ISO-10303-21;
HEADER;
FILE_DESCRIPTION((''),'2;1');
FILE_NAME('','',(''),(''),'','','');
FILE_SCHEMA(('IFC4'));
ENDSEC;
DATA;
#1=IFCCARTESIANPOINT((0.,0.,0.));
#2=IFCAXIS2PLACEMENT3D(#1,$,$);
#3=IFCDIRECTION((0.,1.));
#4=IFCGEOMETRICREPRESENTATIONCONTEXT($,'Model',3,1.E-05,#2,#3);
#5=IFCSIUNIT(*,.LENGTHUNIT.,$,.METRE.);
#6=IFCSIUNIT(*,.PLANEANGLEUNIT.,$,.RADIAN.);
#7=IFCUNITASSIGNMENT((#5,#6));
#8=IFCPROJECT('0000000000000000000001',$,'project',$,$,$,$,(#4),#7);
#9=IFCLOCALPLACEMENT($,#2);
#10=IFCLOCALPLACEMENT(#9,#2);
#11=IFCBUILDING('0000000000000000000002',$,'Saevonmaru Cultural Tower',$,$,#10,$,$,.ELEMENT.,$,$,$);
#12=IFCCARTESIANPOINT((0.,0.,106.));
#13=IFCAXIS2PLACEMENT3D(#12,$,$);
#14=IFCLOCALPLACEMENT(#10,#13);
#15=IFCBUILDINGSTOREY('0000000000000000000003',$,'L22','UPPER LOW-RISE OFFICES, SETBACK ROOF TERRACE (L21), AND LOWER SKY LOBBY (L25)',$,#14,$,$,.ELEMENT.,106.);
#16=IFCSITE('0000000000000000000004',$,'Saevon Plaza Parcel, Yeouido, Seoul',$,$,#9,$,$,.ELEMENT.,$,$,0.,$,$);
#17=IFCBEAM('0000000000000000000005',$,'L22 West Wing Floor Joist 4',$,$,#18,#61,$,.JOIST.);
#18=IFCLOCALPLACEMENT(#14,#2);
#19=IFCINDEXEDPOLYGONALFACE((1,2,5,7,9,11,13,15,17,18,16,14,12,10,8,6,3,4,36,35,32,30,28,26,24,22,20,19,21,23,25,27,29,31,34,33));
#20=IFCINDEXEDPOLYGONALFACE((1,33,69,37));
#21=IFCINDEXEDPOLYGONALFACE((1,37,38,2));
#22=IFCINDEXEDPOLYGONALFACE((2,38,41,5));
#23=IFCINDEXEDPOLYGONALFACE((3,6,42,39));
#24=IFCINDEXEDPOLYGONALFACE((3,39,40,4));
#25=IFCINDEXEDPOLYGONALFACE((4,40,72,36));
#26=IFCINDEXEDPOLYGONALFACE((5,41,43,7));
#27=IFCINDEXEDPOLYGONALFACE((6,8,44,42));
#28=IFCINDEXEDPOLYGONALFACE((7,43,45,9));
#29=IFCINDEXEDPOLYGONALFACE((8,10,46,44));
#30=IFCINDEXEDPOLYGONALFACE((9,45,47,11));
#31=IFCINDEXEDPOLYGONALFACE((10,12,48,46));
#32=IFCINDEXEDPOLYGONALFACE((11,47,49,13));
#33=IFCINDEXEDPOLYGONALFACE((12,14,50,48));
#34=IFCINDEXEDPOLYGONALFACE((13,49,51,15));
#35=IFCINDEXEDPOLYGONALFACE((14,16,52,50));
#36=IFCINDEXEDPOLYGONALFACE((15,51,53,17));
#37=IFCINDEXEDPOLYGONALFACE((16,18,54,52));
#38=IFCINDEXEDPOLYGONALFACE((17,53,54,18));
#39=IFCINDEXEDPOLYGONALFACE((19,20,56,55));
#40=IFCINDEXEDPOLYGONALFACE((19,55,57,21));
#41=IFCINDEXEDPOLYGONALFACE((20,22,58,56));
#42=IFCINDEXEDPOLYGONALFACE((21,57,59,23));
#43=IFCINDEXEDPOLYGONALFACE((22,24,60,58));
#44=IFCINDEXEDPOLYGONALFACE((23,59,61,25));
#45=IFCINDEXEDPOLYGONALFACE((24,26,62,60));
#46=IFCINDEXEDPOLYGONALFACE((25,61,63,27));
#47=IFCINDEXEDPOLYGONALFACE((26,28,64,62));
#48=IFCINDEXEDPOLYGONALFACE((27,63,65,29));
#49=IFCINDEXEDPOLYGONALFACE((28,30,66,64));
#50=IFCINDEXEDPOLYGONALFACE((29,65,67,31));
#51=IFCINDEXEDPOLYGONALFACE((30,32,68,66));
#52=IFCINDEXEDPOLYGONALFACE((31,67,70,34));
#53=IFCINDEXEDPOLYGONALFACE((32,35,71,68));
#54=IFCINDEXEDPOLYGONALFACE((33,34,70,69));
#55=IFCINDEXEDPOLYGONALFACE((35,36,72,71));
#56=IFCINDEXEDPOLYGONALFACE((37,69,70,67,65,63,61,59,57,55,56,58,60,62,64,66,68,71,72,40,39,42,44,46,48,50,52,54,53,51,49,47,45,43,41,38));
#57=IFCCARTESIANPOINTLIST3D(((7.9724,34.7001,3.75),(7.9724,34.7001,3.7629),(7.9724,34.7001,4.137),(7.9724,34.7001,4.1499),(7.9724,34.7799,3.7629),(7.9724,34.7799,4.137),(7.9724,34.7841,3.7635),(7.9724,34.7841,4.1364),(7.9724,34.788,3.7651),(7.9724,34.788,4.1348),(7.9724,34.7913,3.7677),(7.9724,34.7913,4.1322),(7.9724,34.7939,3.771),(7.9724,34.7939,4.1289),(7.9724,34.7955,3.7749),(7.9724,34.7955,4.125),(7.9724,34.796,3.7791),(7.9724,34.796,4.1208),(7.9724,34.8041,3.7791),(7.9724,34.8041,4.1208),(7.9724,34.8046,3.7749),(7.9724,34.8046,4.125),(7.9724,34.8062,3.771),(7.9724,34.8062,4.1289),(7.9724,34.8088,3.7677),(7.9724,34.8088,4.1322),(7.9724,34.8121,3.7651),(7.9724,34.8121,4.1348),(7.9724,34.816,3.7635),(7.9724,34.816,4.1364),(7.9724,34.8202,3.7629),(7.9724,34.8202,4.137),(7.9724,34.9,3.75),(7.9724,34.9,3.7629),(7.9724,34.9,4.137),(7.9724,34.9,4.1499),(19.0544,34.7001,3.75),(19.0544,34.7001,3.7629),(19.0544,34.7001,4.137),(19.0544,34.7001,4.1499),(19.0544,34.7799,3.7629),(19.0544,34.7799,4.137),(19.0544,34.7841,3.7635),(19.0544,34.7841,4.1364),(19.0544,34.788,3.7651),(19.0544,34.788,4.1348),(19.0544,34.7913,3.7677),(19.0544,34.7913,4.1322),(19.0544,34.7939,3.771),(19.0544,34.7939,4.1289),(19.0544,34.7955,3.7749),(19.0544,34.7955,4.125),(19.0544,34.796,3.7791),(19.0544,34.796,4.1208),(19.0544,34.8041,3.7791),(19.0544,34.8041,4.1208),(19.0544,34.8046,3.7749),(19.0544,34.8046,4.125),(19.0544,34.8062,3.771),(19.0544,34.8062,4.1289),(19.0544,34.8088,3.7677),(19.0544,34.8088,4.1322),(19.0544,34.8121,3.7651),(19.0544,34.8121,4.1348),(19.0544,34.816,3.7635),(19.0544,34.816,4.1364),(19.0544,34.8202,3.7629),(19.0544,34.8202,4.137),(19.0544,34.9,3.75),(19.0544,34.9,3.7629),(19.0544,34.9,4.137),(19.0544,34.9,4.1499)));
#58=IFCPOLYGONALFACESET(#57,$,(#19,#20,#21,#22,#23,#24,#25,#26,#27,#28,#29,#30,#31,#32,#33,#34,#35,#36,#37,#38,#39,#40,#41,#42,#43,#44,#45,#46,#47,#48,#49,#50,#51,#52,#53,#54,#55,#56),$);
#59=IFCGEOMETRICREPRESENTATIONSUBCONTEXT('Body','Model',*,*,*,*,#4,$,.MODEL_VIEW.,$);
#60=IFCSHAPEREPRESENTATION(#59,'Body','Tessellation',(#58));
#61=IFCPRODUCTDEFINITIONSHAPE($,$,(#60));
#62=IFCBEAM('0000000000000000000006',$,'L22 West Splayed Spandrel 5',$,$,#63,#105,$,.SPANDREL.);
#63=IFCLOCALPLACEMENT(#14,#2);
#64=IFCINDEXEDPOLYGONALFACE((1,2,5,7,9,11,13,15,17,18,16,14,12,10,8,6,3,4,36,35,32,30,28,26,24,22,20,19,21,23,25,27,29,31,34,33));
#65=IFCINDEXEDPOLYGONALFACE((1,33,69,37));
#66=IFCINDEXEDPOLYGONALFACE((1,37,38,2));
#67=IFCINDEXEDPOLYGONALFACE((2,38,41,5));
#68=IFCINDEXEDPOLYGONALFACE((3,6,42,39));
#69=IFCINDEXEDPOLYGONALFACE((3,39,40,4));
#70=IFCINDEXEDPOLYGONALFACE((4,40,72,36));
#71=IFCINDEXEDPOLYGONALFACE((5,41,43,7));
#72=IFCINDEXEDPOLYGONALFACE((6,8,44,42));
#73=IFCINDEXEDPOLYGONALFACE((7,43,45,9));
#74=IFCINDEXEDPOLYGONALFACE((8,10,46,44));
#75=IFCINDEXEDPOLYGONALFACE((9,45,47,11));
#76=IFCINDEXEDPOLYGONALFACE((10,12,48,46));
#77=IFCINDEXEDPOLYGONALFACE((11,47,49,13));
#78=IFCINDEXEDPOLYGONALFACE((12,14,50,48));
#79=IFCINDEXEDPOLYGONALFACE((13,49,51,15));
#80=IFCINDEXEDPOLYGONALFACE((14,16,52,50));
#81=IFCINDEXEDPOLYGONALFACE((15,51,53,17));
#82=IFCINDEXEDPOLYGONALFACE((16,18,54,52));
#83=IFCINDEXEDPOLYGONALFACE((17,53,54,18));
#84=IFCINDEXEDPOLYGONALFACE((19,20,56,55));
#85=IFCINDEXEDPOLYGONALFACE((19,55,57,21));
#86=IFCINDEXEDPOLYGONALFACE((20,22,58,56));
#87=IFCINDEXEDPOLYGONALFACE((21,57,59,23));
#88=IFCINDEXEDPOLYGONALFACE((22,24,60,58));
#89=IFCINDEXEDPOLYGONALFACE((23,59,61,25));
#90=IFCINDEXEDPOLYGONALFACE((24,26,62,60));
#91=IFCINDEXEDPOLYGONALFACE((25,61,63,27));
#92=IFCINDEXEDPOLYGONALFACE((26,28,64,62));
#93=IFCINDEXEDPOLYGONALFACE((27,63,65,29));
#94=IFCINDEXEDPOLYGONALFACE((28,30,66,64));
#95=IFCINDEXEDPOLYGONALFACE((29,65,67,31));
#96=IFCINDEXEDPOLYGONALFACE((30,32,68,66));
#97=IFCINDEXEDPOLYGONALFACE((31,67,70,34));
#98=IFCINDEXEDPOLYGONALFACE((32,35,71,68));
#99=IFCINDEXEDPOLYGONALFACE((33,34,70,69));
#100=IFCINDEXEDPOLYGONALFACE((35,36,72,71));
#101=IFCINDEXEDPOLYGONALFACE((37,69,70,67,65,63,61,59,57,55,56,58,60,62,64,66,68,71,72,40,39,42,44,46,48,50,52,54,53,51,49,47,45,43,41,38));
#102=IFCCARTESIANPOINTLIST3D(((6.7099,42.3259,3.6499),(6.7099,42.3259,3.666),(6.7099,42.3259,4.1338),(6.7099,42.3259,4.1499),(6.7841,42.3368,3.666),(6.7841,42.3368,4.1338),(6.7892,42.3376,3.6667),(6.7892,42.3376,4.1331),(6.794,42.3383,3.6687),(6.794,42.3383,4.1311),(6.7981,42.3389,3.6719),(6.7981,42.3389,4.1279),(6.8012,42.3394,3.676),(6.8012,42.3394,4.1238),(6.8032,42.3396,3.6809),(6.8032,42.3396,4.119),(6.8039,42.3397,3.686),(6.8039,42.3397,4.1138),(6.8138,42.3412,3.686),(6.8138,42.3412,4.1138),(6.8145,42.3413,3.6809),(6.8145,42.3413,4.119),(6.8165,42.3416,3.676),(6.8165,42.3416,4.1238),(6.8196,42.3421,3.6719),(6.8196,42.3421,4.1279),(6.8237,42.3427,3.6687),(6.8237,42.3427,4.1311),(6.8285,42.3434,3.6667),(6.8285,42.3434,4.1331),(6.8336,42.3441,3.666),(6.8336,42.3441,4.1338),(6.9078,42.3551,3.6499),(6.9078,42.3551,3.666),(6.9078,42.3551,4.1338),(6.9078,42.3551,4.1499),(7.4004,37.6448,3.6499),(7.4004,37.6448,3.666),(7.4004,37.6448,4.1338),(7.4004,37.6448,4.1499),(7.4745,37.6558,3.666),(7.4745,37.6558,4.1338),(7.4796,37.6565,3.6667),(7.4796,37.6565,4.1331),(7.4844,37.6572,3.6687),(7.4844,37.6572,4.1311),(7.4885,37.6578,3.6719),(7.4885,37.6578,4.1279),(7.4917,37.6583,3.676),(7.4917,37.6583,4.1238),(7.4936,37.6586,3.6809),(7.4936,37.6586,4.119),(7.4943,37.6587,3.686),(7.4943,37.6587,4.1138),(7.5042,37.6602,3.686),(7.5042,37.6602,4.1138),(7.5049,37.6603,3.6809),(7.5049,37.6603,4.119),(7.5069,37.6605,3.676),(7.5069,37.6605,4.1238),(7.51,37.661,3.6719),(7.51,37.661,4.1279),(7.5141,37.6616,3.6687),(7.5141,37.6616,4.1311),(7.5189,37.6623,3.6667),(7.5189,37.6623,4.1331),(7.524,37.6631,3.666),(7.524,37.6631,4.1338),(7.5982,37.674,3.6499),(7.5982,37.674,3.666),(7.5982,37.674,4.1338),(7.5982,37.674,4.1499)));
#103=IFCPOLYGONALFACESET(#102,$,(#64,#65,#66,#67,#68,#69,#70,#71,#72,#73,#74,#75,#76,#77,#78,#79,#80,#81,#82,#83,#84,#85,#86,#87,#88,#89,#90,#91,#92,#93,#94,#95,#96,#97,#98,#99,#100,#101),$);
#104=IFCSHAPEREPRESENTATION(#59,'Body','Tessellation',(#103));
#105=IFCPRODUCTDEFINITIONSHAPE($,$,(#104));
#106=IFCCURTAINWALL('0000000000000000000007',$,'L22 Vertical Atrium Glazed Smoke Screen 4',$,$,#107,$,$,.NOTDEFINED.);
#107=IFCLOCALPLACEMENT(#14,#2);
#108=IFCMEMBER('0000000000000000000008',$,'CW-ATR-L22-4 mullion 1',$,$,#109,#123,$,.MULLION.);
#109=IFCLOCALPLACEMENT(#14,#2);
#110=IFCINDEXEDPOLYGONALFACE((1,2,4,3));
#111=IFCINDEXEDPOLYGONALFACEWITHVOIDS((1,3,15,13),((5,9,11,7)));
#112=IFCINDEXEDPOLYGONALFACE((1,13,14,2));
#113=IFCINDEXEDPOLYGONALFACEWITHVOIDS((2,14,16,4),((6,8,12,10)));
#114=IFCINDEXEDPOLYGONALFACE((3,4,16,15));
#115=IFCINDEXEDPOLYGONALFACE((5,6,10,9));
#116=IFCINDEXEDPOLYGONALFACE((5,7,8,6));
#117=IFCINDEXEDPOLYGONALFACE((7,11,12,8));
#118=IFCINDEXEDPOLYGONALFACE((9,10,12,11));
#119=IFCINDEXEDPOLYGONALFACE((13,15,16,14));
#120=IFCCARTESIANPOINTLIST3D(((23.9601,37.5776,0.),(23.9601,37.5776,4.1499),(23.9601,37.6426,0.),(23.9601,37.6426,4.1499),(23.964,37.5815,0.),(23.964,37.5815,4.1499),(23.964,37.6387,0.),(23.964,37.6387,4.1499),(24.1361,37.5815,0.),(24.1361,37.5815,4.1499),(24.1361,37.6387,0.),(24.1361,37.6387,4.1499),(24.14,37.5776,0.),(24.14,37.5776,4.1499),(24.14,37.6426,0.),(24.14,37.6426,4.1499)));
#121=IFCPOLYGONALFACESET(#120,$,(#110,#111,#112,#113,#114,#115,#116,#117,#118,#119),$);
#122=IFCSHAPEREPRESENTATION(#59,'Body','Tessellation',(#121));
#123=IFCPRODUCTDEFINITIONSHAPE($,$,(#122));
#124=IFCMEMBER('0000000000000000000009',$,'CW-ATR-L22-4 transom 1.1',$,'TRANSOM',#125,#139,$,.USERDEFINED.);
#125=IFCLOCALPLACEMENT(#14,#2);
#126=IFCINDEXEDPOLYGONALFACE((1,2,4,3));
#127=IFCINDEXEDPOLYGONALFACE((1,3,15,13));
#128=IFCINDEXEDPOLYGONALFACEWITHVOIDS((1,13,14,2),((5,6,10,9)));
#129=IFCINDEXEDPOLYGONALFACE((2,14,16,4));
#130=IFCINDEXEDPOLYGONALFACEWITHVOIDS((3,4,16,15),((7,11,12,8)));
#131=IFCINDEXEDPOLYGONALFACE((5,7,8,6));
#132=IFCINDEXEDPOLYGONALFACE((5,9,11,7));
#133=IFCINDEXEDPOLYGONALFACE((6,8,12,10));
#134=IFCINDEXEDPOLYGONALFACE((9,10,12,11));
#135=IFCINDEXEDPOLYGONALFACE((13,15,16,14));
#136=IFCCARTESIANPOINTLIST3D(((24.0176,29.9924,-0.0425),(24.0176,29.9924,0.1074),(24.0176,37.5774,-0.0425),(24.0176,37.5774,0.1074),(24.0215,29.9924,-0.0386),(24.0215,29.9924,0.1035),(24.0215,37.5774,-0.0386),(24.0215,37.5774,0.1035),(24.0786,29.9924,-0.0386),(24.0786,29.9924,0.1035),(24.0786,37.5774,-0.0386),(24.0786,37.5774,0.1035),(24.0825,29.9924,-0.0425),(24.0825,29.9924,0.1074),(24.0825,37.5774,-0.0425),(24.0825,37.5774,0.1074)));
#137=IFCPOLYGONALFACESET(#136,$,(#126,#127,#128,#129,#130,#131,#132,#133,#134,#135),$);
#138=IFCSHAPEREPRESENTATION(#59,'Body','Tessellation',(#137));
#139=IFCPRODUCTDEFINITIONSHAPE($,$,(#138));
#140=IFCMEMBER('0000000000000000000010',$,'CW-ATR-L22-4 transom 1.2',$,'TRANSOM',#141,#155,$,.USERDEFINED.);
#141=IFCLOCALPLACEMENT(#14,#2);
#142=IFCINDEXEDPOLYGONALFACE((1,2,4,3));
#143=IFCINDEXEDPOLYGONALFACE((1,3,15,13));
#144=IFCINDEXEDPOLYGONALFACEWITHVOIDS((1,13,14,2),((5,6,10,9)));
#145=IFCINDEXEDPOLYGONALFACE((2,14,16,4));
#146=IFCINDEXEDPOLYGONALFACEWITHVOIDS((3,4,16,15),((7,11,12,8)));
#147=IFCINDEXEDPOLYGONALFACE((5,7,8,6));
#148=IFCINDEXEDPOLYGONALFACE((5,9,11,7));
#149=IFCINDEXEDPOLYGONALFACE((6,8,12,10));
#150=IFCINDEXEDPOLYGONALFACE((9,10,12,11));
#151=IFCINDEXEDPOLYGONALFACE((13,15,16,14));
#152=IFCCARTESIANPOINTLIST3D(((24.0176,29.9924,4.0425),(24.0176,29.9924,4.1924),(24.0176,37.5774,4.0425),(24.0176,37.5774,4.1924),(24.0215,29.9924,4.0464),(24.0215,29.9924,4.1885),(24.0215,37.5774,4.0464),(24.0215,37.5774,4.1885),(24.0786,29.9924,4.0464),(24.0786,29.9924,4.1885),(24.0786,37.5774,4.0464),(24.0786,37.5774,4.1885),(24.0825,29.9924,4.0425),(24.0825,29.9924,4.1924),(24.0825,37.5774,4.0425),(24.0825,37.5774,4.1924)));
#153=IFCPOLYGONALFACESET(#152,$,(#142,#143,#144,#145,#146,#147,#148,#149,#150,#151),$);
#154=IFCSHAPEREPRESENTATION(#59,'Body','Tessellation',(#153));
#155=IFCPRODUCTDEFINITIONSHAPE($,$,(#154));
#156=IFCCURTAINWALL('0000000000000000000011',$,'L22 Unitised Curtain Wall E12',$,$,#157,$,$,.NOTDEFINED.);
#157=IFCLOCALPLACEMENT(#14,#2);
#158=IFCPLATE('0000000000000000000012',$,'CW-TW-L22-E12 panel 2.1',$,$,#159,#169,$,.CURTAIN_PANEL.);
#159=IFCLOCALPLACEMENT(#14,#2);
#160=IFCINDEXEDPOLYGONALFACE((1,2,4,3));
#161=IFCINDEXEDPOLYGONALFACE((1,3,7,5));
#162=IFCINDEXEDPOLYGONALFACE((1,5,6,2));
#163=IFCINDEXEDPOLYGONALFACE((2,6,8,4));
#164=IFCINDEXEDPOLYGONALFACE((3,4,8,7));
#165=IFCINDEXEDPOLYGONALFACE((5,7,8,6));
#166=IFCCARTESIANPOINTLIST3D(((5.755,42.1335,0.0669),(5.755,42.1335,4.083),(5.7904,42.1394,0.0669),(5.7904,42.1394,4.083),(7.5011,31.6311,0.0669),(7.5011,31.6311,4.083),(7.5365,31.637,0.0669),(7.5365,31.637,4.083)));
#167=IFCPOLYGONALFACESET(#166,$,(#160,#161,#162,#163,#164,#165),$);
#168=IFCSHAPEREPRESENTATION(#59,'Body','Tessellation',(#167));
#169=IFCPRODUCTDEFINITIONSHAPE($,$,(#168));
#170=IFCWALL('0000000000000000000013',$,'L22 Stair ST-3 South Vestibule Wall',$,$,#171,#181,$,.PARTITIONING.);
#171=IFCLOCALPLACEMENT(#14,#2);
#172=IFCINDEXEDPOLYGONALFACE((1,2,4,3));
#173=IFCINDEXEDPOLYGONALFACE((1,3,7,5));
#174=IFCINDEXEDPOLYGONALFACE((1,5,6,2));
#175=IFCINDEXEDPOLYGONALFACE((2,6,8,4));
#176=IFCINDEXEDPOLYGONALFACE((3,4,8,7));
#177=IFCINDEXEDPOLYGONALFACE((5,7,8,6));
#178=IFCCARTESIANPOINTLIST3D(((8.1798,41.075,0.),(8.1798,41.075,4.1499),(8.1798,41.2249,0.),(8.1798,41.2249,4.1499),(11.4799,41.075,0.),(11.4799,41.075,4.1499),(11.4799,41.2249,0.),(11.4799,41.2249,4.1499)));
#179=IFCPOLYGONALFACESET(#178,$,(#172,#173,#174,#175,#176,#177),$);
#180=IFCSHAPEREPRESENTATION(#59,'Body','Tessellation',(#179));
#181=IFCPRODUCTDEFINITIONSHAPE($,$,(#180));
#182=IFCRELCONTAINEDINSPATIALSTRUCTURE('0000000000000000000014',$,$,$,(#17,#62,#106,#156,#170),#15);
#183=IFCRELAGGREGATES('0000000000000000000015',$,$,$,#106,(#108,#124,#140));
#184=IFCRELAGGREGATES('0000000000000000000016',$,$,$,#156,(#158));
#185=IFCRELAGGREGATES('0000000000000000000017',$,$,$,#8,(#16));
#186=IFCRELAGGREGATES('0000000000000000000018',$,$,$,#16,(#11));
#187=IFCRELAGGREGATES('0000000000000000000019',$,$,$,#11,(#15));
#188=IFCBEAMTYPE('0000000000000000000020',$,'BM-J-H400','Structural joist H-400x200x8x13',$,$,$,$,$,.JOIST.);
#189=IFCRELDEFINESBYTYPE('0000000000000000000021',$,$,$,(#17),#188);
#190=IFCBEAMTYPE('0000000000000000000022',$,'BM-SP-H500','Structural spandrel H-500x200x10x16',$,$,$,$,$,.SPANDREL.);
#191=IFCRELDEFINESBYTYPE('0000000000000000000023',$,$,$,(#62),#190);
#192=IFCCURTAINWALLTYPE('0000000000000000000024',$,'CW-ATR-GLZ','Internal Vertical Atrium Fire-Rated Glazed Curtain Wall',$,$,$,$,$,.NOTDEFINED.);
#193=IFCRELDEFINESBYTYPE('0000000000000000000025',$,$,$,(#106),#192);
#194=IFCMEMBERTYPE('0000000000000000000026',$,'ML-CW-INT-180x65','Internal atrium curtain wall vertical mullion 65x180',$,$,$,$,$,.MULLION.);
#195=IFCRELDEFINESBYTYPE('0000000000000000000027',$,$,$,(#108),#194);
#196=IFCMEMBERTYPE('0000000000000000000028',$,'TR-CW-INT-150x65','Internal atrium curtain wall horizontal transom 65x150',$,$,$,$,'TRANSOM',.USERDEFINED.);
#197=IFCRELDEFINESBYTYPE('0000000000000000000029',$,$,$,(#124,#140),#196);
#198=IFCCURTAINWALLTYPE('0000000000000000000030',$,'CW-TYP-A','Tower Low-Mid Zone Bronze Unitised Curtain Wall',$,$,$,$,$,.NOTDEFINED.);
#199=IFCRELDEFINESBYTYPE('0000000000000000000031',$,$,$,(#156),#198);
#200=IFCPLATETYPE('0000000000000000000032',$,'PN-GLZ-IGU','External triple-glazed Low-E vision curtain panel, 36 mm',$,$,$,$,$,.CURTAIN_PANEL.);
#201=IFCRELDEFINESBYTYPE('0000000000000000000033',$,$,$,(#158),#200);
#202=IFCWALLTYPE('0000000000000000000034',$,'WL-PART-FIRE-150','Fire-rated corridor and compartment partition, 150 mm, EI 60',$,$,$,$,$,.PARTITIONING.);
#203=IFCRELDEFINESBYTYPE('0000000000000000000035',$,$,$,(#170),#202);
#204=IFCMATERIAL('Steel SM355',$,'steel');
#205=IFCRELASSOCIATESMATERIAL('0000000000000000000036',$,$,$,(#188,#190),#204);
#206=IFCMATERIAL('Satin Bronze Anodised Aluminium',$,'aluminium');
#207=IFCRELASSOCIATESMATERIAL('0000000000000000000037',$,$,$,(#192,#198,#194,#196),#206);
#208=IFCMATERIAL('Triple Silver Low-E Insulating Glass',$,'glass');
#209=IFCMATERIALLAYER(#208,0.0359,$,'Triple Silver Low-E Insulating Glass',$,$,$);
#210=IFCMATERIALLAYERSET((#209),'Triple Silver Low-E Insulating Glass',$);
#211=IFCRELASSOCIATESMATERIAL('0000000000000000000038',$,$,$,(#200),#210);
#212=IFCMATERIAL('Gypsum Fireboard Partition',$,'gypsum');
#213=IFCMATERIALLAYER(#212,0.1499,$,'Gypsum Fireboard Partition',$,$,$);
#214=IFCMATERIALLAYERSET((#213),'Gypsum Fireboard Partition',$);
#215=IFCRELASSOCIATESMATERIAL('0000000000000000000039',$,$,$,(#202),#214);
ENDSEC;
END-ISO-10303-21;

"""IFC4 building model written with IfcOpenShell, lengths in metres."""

from ifc_helpers import new_model, si_unit, direction, frame, frame_2d, origin, origin_2d, place, context, subcontext, project, spatial, rectangle, hollow_rectangle, i_section, extrude, material, layer, layer_set, material_profile, profile_set, type_object, element, aggregate, save


model = new_model("IFC4")

# Units and contexts
model_context = context("Model", 3, precision=1e-05, world=origin(), true_north=direction((0.0, 1.0)))
body_context = subcontext(model_context, "Body", "Model", "MODEL_VIEW")
ifc_project = project(units=[si_unit("LENGTHUNIT", "METRE"), si_unit("PLANEANGLEUNIT", "RADIAN")], contexts=[model_context])

# Site, building, storey
site_placement = place(None, origin())
site = spatial("IfcSite", under=ifc_project, at=site_placement, Name="Saevon Plaza Parcel, Yeouido, Seoul", CompositionType="ELEMENT", RefElevation=0.0)
building_placement = place(site_placement, origin())
building = spatial("IfcBuilding", under=site, at=building_placement, Name="Saevonmaru Cultural Tower", CompositionType="ELEMENT")
storey_placement = place(building_placement, frame((0.0, 0.0, 106.0)))
storey = spatial("IfcBuildingStorey", under=building, at=storey_placement, Name="L22", Description="UPPER LOW-RISE OFFICES, SETBACK ROOF TERRACE (L21), AND LOWER SKY LOBBY (L25)", CompositionType="ELEMENT", Elevation=106.0)

# Shared definitions
ifc_material_1 = material(Name="Steel SM355", Category="steel")

# Beams
ifc_material_profile_1 = material_profile(ifc_material_1, i_section(OverallWidth=0.2, OverallDepth=0.3999, WebThickness=0.0081, FlangeThickness=0.0129, FilletRadius=0.0161, at=origin_2d()), Name="H-400x200x8x13")
ifc_profile_set_1 = profile_set([ifc_material_profile_1], Name="Steel SM355")
beam_type_1 = type_object("IfcBeamType", Name="BM-J-H400", Description="Structural joist H-400x200x8x13", PredefinedType="JOIST", material=ifc_profile_set_1)
beam_1_placement = place(storey_placement, frame((7.9724, 34.8, 3.95), z_axis=(1.0, 0.0, 0.0), x_axis=(0.0, 1.0, 0.0)))
element("IfcBeam", 1, at=beam_1_placement, inside=storey, type_object=beam_type_1, Name="L22 West Wing Floor Joist 4", PredefinedType="JOIST", context=body_context, shape_type="SweptSolid", body=[
    extrude(i_section(OverallWidth=0.2, OverallDepth=0.3999, WebThickness=0.0081, FlangeThickness=0.0129, FilletRadius=0.0161, at=origin_2d()), origin(), (0.0, 0.0, 1.0), 11.082),
])
ifc_material_profile_2 = material_profile(ifc_material_1, i_section(OverallWidth=0.2, OverallDepth=0.5, WebThickness=0.01, FlangeThickness=0.0161, FilletRadius=0.02, at=origin_2d()), Name="H-500x200x10x16")
ifc_profile_set_2 = profile_set([ifc_material_profile_2], Name="Steel SM355")
beam_type_2 = type_object("IfcBeamType", Name="BM-SP-H500", Description="Structural spandrel H-500x200x10x16", PredefinedType="SPANDREL", material=ifc_profile_set_2)
beam_2_placement = place(storey_placement, frame((7.4993, 37.6594, 3.8999), z_axis=(-0.145913, 0.989297, 0.0), x_axis=(-0.989297, -0.145913, 0.0)))
element("IfcBeam", 2, at=beam_2_placement, inside=storey, type_object=beam_type_2, Name="L22 West Splayed Spandrel 5", PredefinedType="SPANDREL", context=body_context, shape_type="SweptSolid", body=[
    extrude(i_section(OverallWidth=0.2, OverallDepth=0.5, WebThickness=0.01, FlangeThickness=0.0161, FilletRadius=0.02, at=origin_2d()), origin(), (0.0, 0.0, 1.0), 4.7317),
])

# Curtain wall, members
ifc_material_2 = material(Name="Satin Bronze Anodised Aluminium", Category="aluminium")
curtain_wall_type_1 = type_object("IfcCurtainWallType", Name="CW-ATR-GLZ", Description="Internal Vertical Atrium Fire-Rated Glazed Curtain Wall", PredefinedType="NOTDEFINED", material=ifc_material_2)
curtain_wall_1_placement = place(storey_placement, origin())
curtain_wall_1 = element("IfcCurtainWall", 3, at=curtain_wall_1_placement, inside=storey, type_object=curtain_wall_type_1, Name="L22 Vertical Atrium Glazed Smoke Screen 4", PredefinedType="NOTDEFINED")
ifc_material_profile_3 = material_profile(ifc_material_2, hollow_rectangle(XDim=0.0649, YDim=0.1799, WallThickness=0.0039, at=origin_2d()), Name="ALU-MULL-180x65x4")
ifc_profile_set_3 = profile_set([ifc_material_profile_3], Name="Satin Bronze Anodised Aluminium")
member_type_1 = type_object("IfcMemberType", Name="ML-CW-INT-180x65", Description="Internal atrium curtain wall vertical mullion 65x180", PredefinedType="MULLION", material=ifc_profile_set_3)
member_1_placement = place(storey_placement, frame((24.05, 37.6101, 0.0), z_axis=(0.0, 0.0, 1.0), x_axis=(0.0, -1.0, 0.0)))
member_1 = element("IfcMember", 4, at=member_1_placement, type_object=member_type_1, Name="CW-ATR-L22-4 mullion 1", PredefinedType="MULLION", context=body_context, shape_type="SweptSolid", body=[
    extrude(hollow_rectangle(XDim=0.0649, YDim=0.1799, WallThickness=0.0039, at=origin_2d()), origin(), (0.0, 0.0, 1.0), 4.1499),
])
ifc_material_profile_4 = material_profile(ifc_material_2, hollow_rectangle(XDim=0.0649, YDim=0.1499, WallThickness=0.0039, at=origin_2d()), Name="ALU-TRAN-150x65x4")
ifc_profile_set_4 = profile_set([ifc_material_profile_4], Name="Satin Bronze Anodised Aluminium")
member_type_2 = type_object("IfcMemberType", Name="TR-CW-INT-150x65", Description="Internal atrium curtain wall horizontal transom 65x150", ElementType="TRANSOM", PredefinedType="USERDEFINED", material=ifc_profile_set_4)
member_2_placement = place(storey_placement, frame((24.05, 37.5774, 0.0325), z_axis=(0.0, -1.0, 0.0), x_axis=(1.0, 0.0, 0.0)))
member_2 = element("IfcMember", 5, at=member_2_placement, type_object=member_type_2, Name="CW-ATR-L22-4 transom 1.1", ObjectType="TRANSOM", PredefinedType="USERDEFINED", context=body_context, shape_type="SweptSolid", body=[
    extrude(hollow_rectangle(XDim=0.0649, YDim=0.1499, WallThickness=0.0039, at=origin_2d()), origin(), (0.0, 0.0, 1.0), 7.585),
])
member_3_placement = place(storey_placement, frame((24.05, 37.5774, 4.1174), z_axis=(0.0, -1.0, 0.0), x_axis=(1.0, 0.0, 0.0)))
member_3 = element("IfcMember", 6, at=member_3_placement, type_object=member_type_2, Name="CW-ATR-L22-4 transom 1.2", ObjectType="TRANSOM", PredefinedType="USERDEFINED", context=body_context, shape_type="SweptSolid", body=[
    extrude(hollow_rectangle(XDim=0.0649, YDim=0.1499, WallThickness=0.0039, at=origin_2d()), origin(), (0.0, 0.0, 1.0), 7.585),
])
aggregate(curtain_wall_1, [member_1, member_2, member_3])

# Curtain wall, plate
curtain_wall_type_2 = type_object("IfcCurtainWallType", Name="CW-TYP-A", Description="Tower Low-Mid Zone Bronze Unitised Curtain Wall", PredefinedType="NOTDEFINED", material=ifc_material_2)
curtain_wall_2_placement = place(storey_placement, origin())
curtain_wall_2 = element("IfcCurtainWall", 7, at=curtain_wall_2_placement, inside=storey, type_object=curtain_wall_type_2, Name="L22 Unitised Curtain Wall E12", PredefinedType="NOTDEFINED")
ifc_material_3 = material(Name="Triple Silver Low-E Insulating Glass", Category="glass")
ifc_layer_1 = layer(ifc_material_3, 0.0359, Name="Triple Silver Low-E Insulating Glass")
ifc_layer_set_1 = layer_set([ifc_layer_1], Name="Triple Silver Low-E Insulating Glass")
plate_type = type_object("IfcPlateType", Name="PN-GLZ-IGU", Description="External triple-glazed Low-E vision curtain panel, 36 mm", PredefinedType="CURTAIN_PANEL", material=ifc_layer_set_1)
plate_placement = place(storey_placement, frame((6.6458, 36.8853, 0.0669), z_axis=(0.0, 0.0, 1.0), x_axis=(0.163999, -0.986461, 0.0)))
plate = element("IfcPlate", 8, at=plate_placement, type_object=plate_type, Name="CW-TW-L22-E12 panel 2.1", PredefinedType="CURTAIN_PANEL", context=body_context, shape_type="SweptSolid", body=[
    extrude(rectangle(XDim=10.6465, YDim=0.0359, at=origin_2d()), origin(), (0.0, 0.0, 1.0), 4.0161),
])
aggregate(curtain_wall_2, [plate])

# Wall
ifc_material_4 = material(Name="Gypsum Fireboard Partition", Category="gypsum")
ifc_layer_2 = layer(ifc_material_4, 0.1499, Name="Gypsum Fireboard Partition")
ifc_layer_set_2 = layer_set([ifc_layer_2], Name="Gypsum Fireboard Partition")
wall_type_1 = type_object("IfcWallType", Name="WL-PART-FIRE-150", Description="Fire-rated corridor and compartment partition, 150 mm, EI 60", PredefinedType="PARTITIONING", material=ifc_layer_set_2)
wall_1_placement = place(storey_placement, frame((8.1799, 41.1499, 0.0), z_axis=(0.0, 0.0, 1.0), x_axis=(1.0, 0.0, 0.0)))
element("IfcWall", 9, at=wall_1_placement, inside=storey, type_object=wall_type_1, Name="L22 Stair ST-3 South Vestibule Wall", PredefinedType="PARTITIONING", context=body_context, shape_type="SweptSolid", body=[
    extrude(rectangle(XDim=3.3, YDim=0.1499, at=frame_2d((1.6499, 0.0))), origin(), (0.0, 0.0, 1.0), 4.1499),
])

save(model, "model.ifc")
